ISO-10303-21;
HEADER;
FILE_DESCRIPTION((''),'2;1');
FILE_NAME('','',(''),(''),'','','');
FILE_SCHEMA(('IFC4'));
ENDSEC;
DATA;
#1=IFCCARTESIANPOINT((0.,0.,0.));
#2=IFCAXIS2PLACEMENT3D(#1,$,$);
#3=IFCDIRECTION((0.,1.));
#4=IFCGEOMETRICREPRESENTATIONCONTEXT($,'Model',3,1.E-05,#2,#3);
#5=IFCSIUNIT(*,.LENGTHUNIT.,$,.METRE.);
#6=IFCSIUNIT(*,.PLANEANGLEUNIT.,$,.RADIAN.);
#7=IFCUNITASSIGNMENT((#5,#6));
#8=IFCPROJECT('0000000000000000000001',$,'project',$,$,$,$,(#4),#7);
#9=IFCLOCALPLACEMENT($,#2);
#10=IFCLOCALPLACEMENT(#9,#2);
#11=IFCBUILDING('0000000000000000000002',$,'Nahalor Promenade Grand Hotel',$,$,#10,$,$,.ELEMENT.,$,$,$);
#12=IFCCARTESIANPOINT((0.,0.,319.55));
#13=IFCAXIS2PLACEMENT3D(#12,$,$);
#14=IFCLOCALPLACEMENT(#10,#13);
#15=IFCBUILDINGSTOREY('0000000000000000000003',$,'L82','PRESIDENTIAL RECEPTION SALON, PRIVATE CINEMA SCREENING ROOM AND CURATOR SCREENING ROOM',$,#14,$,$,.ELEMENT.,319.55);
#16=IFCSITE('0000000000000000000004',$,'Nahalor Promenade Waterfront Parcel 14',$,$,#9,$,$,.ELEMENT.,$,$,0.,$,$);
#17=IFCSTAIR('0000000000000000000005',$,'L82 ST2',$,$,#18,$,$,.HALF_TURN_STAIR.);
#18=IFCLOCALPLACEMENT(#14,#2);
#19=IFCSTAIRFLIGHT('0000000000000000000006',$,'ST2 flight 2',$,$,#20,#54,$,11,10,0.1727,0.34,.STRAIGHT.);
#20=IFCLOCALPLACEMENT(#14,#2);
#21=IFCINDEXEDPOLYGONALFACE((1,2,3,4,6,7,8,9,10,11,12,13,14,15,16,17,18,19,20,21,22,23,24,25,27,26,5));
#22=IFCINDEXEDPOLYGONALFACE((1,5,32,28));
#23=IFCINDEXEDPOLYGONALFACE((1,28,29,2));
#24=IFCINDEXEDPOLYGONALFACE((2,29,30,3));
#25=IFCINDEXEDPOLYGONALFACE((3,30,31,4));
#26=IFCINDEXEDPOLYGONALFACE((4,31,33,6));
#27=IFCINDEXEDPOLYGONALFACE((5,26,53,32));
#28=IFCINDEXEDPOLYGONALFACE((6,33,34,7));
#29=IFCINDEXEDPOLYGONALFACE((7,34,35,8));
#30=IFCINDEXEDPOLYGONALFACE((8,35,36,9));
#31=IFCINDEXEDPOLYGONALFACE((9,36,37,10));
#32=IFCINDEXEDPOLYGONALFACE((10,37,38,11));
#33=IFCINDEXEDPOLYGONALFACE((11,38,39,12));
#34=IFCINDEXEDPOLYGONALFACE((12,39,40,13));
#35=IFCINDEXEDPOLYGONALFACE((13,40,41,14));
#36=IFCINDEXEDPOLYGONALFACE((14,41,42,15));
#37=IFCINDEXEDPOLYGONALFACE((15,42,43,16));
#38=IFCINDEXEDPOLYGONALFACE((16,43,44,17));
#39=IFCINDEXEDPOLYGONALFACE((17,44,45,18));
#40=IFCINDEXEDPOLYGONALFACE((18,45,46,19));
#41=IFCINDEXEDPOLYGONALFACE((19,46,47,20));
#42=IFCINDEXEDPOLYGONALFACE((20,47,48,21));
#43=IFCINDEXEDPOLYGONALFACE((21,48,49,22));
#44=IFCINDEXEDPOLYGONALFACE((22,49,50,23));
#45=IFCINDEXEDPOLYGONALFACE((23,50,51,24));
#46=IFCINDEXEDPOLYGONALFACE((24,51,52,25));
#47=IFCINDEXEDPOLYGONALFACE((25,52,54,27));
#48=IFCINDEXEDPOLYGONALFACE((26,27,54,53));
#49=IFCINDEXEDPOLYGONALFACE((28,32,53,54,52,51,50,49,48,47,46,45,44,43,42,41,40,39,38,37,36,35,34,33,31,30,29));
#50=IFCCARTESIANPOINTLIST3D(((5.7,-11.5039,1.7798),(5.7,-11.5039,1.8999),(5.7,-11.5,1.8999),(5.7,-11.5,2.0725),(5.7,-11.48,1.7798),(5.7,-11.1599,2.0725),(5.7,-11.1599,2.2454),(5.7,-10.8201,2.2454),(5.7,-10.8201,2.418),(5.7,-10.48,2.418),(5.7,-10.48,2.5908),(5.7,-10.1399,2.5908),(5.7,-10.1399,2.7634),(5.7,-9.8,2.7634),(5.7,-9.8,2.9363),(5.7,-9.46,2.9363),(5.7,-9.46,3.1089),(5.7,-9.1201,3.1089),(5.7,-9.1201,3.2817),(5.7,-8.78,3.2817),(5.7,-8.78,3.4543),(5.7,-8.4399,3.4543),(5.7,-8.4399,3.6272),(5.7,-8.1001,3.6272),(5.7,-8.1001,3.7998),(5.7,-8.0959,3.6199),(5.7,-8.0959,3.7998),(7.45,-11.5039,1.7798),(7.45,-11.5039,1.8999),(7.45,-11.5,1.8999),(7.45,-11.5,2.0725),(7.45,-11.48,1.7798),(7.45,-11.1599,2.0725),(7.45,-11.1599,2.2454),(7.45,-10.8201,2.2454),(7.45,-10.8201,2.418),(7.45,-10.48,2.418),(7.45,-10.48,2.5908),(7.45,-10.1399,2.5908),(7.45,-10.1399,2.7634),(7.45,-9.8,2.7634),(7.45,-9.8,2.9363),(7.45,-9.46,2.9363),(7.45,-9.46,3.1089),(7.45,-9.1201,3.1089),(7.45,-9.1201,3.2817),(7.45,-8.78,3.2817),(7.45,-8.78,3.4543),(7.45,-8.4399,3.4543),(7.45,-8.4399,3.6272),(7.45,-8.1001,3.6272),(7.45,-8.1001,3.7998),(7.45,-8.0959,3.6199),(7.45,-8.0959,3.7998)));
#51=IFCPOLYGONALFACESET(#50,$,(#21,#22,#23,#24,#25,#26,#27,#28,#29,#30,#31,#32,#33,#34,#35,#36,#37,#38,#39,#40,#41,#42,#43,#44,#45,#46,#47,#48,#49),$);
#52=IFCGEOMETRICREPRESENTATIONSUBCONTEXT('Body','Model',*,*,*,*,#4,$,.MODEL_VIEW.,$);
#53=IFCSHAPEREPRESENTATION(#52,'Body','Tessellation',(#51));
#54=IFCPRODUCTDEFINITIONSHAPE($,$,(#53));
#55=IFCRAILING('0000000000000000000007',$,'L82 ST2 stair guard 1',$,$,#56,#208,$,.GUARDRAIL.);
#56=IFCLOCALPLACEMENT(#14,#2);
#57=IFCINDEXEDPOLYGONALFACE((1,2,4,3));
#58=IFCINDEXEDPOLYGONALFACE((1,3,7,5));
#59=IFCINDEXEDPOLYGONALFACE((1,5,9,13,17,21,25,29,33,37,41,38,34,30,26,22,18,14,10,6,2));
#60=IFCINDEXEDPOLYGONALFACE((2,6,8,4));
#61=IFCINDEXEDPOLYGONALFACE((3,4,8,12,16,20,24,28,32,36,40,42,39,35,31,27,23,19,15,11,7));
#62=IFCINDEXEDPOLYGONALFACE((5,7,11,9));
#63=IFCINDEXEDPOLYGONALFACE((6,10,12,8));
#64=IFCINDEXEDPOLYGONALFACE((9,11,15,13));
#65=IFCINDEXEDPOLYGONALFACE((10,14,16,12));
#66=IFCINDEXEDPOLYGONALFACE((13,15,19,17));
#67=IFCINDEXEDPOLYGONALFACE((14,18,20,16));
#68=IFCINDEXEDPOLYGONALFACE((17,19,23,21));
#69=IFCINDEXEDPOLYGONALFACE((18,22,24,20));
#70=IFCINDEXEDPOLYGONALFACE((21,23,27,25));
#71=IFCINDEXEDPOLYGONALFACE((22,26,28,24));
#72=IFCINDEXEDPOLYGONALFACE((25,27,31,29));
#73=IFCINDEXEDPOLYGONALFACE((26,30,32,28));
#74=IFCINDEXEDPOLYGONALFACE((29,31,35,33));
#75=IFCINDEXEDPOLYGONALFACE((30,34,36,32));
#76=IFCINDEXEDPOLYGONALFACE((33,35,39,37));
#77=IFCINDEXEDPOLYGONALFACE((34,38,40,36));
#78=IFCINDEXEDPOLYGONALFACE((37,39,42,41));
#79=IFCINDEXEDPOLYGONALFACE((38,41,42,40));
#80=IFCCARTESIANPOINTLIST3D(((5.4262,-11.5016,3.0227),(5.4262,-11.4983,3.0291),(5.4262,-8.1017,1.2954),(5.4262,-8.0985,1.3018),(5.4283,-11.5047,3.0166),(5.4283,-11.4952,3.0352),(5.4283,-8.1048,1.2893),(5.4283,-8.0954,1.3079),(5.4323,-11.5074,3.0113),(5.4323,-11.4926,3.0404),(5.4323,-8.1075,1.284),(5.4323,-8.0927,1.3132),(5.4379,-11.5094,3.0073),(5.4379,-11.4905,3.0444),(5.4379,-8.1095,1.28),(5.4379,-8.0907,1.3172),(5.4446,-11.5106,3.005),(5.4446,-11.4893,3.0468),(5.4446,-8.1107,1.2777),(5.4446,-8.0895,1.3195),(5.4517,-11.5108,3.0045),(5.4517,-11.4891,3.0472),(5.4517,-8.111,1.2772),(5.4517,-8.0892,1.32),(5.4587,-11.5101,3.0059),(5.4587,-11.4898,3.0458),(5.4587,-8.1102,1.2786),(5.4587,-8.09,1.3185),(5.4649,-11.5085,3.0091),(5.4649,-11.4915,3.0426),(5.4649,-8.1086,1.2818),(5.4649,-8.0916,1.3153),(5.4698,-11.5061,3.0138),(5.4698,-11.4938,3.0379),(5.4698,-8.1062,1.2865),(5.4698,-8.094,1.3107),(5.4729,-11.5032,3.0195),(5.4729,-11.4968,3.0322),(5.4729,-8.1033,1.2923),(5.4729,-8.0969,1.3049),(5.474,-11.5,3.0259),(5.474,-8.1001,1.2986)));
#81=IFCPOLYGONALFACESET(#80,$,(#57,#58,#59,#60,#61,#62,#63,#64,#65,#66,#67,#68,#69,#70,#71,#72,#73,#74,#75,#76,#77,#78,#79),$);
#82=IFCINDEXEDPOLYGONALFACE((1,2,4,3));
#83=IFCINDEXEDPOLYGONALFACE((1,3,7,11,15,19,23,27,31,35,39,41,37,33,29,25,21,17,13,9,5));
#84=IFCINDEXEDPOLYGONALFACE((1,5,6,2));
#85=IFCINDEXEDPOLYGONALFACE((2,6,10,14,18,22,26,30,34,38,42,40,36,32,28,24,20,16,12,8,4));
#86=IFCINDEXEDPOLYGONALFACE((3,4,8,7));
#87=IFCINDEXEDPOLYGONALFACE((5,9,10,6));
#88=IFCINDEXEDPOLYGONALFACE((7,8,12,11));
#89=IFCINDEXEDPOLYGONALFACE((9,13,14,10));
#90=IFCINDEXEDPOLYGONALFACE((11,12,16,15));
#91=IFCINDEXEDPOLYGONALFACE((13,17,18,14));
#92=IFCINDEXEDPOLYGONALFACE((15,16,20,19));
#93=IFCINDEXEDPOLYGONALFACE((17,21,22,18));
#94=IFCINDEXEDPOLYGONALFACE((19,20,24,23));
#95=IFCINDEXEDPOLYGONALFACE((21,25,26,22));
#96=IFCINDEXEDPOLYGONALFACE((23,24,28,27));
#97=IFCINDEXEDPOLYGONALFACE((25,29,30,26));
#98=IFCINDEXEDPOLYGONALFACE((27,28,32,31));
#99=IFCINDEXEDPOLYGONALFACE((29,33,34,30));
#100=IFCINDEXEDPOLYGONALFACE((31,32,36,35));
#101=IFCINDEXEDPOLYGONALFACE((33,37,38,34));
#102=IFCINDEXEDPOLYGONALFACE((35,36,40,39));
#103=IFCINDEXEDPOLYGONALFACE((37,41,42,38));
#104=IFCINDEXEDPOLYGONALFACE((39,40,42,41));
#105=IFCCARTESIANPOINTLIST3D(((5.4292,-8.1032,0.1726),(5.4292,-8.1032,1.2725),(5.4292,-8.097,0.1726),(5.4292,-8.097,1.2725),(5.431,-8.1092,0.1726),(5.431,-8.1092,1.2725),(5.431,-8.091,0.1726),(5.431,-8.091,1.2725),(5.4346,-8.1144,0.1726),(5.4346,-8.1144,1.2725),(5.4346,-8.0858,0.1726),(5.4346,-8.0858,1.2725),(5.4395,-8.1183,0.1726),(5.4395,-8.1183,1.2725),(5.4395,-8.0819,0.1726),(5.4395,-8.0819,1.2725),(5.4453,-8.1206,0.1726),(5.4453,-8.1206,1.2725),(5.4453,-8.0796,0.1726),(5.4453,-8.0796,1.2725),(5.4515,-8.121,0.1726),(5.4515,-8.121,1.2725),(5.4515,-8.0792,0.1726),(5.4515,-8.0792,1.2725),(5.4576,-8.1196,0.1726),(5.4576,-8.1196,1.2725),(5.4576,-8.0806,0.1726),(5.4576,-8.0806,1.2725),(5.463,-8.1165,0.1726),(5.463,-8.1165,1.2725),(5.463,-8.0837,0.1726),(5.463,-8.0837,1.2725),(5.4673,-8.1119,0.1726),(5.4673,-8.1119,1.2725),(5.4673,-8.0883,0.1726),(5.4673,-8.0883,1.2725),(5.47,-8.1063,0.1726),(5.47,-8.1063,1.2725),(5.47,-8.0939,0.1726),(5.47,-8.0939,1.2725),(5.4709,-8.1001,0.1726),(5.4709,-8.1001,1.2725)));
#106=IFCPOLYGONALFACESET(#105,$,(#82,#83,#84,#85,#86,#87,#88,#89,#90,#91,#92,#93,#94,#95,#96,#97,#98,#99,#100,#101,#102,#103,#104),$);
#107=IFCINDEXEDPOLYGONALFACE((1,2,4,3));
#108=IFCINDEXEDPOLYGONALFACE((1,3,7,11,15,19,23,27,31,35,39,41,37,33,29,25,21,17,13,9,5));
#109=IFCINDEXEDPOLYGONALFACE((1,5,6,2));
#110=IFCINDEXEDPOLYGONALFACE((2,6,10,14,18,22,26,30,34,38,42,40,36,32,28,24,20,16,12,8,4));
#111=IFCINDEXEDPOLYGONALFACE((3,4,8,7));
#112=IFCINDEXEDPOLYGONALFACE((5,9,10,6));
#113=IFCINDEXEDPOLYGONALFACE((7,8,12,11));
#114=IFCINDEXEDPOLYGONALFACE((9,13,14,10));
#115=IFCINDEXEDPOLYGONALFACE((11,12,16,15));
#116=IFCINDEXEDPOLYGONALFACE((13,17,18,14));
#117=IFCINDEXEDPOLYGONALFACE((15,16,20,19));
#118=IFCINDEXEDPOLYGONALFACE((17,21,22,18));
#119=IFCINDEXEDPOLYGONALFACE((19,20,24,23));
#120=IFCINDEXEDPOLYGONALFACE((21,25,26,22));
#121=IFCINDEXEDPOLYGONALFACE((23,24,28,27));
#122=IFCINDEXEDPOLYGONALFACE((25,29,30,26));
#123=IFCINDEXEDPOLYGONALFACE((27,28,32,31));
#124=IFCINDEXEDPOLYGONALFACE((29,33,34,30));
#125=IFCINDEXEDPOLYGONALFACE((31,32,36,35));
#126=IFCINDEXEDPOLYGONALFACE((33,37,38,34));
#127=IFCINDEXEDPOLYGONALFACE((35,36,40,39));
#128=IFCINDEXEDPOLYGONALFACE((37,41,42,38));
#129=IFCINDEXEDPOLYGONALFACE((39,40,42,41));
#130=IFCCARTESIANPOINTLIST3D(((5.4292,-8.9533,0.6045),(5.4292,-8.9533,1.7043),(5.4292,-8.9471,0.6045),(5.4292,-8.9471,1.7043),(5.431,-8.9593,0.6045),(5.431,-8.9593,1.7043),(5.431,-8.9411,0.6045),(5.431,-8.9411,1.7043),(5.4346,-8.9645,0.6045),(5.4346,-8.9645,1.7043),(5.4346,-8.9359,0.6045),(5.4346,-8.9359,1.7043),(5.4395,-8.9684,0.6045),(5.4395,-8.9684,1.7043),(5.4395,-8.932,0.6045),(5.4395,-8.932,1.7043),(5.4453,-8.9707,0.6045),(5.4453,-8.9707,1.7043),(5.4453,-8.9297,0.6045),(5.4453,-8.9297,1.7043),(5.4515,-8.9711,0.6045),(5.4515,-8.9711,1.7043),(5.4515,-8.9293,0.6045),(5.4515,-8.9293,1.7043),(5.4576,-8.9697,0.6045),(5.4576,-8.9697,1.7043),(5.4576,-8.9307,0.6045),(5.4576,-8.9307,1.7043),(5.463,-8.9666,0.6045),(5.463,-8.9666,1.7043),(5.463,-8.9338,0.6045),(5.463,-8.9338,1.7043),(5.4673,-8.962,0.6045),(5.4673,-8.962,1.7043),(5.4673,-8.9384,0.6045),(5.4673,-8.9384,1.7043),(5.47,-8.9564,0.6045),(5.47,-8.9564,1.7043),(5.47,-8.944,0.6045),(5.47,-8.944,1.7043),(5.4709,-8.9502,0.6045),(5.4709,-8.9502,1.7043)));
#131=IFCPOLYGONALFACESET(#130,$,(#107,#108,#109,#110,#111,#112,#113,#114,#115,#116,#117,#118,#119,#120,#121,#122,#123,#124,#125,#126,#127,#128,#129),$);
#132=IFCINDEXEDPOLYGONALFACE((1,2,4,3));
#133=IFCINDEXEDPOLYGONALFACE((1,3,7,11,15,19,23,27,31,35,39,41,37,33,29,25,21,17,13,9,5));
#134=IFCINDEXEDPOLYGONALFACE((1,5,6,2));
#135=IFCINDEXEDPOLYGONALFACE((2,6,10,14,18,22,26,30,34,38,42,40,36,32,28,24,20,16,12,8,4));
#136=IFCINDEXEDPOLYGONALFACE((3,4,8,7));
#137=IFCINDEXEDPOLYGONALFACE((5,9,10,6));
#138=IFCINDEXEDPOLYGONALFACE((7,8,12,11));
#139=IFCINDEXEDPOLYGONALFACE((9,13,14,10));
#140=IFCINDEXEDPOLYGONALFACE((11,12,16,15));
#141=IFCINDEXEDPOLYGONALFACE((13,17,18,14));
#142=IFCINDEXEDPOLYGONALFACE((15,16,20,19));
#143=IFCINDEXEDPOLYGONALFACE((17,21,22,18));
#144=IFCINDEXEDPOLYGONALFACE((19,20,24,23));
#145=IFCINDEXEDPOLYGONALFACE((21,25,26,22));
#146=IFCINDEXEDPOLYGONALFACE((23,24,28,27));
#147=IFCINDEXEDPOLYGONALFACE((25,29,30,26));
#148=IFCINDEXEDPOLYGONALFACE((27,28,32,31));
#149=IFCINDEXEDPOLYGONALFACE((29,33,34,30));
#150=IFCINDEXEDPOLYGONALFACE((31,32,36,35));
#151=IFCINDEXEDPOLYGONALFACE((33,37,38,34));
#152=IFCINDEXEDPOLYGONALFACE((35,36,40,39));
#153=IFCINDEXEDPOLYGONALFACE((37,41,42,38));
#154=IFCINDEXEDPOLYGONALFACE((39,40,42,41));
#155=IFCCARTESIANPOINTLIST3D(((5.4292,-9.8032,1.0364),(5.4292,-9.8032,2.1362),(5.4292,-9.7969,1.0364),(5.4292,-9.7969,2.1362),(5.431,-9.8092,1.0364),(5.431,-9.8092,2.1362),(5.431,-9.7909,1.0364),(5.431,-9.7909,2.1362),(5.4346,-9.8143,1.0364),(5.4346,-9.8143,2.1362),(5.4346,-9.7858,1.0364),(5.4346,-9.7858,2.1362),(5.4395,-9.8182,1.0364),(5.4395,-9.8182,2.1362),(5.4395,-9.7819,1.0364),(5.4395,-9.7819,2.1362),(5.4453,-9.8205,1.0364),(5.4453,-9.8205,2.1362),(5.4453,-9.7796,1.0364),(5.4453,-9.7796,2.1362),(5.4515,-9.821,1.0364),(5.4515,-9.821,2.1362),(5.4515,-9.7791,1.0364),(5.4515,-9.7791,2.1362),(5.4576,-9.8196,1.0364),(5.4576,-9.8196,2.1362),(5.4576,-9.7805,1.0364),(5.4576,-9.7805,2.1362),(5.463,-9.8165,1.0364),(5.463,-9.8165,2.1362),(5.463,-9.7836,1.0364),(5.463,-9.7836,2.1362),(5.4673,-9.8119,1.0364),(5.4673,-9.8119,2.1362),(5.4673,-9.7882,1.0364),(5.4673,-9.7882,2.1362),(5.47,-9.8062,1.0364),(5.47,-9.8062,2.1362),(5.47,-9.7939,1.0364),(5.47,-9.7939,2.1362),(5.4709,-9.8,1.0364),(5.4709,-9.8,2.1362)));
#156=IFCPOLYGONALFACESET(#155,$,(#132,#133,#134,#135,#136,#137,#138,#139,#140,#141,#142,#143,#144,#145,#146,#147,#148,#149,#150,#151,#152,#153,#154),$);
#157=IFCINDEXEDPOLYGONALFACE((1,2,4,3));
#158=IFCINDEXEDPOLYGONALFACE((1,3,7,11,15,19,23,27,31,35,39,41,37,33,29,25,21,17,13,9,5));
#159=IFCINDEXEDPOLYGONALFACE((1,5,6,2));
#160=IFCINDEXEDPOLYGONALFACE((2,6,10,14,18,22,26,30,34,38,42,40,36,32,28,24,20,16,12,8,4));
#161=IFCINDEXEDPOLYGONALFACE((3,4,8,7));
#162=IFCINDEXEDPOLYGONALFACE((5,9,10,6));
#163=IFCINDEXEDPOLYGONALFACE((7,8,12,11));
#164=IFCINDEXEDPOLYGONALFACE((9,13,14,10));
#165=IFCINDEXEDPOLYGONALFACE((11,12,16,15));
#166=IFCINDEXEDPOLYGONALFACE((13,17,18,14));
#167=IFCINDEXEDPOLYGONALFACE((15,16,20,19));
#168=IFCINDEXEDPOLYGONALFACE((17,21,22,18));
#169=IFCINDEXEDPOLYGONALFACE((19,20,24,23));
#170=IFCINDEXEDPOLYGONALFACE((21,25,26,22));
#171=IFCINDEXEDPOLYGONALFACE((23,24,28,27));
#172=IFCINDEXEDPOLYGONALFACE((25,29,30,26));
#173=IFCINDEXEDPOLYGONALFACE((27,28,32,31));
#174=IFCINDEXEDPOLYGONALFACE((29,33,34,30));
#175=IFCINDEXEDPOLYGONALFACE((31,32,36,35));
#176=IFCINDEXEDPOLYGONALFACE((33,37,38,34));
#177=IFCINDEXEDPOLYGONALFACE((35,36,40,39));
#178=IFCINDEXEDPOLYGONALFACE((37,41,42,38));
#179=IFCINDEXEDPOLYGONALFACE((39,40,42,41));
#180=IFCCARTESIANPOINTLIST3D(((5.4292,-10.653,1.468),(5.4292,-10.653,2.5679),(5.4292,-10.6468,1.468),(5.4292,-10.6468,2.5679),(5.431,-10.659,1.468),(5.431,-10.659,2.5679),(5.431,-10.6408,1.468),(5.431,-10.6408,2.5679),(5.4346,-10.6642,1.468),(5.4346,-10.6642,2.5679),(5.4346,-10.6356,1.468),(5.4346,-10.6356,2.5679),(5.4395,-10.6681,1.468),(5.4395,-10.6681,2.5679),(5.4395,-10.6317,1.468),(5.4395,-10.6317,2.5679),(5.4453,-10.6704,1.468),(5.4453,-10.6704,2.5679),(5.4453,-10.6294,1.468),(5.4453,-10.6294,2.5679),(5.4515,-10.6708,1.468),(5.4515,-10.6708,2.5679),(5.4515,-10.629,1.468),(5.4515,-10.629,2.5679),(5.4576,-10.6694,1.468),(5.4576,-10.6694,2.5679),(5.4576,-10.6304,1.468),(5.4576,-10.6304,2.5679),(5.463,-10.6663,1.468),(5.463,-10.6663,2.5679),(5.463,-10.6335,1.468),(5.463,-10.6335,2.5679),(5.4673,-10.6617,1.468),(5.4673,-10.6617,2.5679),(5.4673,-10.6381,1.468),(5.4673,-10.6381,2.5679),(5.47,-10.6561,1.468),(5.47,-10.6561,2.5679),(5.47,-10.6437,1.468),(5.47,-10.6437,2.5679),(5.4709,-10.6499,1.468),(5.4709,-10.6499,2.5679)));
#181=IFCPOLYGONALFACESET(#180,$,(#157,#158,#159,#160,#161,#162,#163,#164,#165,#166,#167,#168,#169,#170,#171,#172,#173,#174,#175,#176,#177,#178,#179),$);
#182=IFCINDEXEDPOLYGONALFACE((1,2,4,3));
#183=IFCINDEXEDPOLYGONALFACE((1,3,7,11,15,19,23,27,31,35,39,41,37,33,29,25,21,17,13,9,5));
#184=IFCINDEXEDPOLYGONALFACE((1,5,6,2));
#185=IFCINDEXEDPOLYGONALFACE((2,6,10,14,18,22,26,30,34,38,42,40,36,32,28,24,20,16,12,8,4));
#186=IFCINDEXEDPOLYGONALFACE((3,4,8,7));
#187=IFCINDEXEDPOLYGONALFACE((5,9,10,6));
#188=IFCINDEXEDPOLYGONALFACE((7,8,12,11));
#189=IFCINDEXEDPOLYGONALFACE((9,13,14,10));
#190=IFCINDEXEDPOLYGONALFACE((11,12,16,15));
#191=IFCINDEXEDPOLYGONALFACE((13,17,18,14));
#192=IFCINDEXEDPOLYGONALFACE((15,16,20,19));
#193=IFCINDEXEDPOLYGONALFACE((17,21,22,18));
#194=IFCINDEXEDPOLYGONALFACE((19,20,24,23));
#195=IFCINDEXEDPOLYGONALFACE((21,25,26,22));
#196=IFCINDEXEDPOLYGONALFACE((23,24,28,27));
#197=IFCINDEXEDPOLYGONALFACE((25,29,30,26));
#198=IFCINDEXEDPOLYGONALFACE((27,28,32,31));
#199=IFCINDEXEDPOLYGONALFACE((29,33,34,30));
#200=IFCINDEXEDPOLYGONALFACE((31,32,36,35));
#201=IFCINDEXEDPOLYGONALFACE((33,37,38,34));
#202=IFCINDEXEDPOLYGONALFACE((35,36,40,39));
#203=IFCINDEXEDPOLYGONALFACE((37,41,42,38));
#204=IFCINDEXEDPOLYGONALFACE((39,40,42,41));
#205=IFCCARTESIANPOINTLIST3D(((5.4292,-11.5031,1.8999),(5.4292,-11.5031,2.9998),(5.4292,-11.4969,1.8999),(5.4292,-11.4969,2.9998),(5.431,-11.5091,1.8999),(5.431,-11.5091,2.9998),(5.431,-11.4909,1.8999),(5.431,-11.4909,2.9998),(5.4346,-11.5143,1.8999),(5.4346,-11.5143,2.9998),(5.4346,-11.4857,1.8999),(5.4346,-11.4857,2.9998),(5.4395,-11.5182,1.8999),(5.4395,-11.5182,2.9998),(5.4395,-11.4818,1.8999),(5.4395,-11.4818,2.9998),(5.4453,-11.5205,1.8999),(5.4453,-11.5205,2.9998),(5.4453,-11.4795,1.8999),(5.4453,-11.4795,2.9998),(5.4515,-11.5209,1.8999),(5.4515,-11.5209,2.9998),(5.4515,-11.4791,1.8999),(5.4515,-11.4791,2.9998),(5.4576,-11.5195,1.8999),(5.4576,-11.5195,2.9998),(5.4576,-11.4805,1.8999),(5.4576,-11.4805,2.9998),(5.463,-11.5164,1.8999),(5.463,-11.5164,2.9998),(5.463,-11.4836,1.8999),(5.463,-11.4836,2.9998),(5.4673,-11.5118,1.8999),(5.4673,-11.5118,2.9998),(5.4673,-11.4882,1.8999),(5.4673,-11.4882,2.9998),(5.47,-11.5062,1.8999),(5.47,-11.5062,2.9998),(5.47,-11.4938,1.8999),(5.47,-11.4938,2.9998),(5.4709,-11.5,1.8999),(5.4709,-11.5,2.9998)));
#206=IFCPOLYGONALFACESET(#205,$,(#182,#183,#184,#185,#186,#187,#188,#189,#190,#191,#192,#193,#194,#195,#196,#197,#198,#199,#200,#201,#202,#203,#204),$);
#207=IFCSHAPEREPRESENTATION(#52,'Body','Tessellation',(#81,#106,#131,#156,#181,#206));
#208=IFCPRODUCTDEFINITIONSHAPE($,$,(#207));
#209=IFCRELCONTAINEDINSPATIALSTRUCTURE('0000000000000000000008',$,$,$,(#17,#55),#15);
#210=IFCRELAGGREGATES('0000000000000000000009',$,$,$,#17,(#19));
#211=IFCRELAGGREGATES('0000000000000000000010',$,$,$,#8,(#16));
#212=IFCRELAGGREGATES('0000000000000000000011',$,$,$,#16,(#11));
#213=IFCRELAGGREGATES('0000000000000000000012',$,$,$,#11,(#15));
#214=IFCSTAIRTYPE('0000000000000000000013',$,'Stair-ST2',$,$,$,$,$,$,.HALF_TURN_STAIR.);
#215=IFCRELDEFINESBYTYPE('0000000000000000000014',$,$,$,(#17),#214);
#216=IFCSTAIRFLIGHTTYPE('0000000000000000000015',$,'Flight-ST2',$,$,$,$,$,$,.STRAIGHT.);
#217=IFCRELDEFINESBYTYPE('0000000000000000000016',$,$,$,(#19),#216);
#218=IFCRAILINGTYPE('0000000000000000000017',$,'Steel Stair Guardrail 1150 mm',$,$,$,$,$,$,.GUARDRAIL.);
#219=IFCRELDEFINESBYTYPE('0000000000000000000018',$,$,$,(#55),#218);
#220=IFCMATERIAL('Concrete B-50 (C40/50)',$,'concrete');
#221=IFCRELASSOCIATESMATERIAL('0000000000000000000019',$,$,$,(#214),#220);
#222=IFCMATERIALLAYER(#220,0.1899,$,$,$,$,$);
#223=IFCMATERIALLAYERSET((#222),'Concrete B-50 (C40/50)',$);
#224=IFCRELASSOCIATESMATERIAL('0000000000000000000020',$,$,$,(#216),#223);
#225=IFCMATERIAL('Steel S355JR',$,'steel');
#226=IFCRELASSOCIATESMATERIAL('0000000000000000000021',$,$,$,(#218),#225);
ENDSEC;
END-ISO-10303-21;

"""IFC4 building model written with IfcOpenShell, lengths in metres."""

from ifc_helpers import new_model, si_unit, direction, frame, origin, origin_2d, place, context, subcontext, project, spatial, polyline, circle, outline, extrude, source, transform, mapped, material, layer, layer_set, type_object, element, aggregate, save


model = new_model("IFC4")

# Units and contexts
model_context = context("Model", 3, precision=1e-05, world=origin(), true_north=direction((0.0, 1.0)))
body_context = subcontext(model_context, "Body", "Model", "MODEL_VIEW")
ifc_project = project(units=[si_unit("LENGTHUNIT", "METRE"), si_unit("PLANEANGLEUNIT", "RADIAN")], contexts=[model_context])

# Site, building, storey
site_placement = place(None, origin())
site = spatial("IfcSite", under=ifc_project, at=site_placement, Name="Nahalor Promenade Waterfront Parcel 14", CompositionType="ELEMENT", RefElevation=0.0)
building_placement = place(site_placement, origin())
building = spatial("IfcBuilding", under=site, at=building_placement, Name="Nahalor Promenade Grand Hotel", CompositionType="ELEMENT")
storey_placement = place(building_placement, frame((0.0, 0.0, 319.55)))
storey = spatial("IfcBuildingStorey", under=building, at=storey_placement, Name="L82", Description="PRESIDENTIAL RECEPTION SALON, PRIVATE CINEMA SCREENING ROOM AND CURATOR SCREENING ROOM", CompositionType="ELEMENT", Elevation=319.55)

# Shared definitions
ifc_material_1 = material(Name="Steel S355JR", Category="steel")

# Shared definitions
ifc_material_2 = material(Name="Concrete B-50 (C40/50)", Category="concrete")

# Stair, stair flight
stair_type = type_object("IfcStairType", Name="Stair-ST2", PredefinedType="HALF_TURN_STAIR", material=ifc_material_2)
stair_placement = place(storey_placement, origin())
stair = element("IfcStair", 1, at=stair_placement, inside=storey, type_object=stair_type, Name="L82 ST2", PredefinedType="HALF_TURN_STAIR")
ifc_layer_1 = layer(ifc_material_2, 0.1899)
ifc_layer_set_1 = layer_set([ifc_layer_1], Name="Concrete B-50 (C40/50)")
stair_flight_type = type_object("IfcStairFlightType", Name="Flight-ST2", PredefinedType="STRAIGHT", material=ifc_layer_set_1)
shared_shape_1 = source(origin(), body_context, "Body", "SweptSolid", [
    extrude(outline(polyline([(-0.0039, -0.1201), (-0.0039, 0.0), (0.0, 0.0), (0.0, 0.1726), (0.3401, 0.1726), (0.3401, 0.3455), (0.6799, 0.3455), (0.6799, 0.5181), (1.02, 0.5181), (1.02, 0.6909), (1.3601, 0.6909), (1.3601, 0.8635), (1.7, 0.8635), (1.7, 1.0364), (2.04, 1.0364), (2.04, 1.209), (2.3799, 1.209), (2.3799, 1.3818), (2.72, 1.3818), (2.72, 1.5544), (3.0601, 1.5544), (3.0601, 1.7273), (3.3999, 1.7273), (3.3999, 1.8999), (3.4041, 1.8999), (3.4041, 1.72), (0.02, -0.1201), (-0.0039, -0.1201)])), frame((0.0, 0.875, 0.0), z_axis=(0.0, -1.0, 0.0), x_axis=(1.0, 0.0, 0.0)), (0.0, 0.0, 1.0), 1.75),
])
stair_flight_1_placement = place(storey_placement, frame((6.575, -11.5, 1.8999), z_axis=(0.0, 0.0, 1.0), x_axis=(0.0, 1.0, 0.0)))
stair_flight_1 = element("IfcStairFlight", 2, at=stair_flight_1_placement, type_object=stair_flight_type, Name="ST2 flight 2", NumberOfRisers=11, NumberOfTreads=10, PredefinedType="STRAIGHT", RiserHeight=0.1727, TreadLength=0.34, context=body_context, shape_type="MappedRepresentation", body=[
    mapped(shared_shape_1, transform((0.0, 0.0, 0.0), scale=1.0)),
])
aggregate(stair, [stair_flight_1])

# Railing
railing_type_1 = type_object("IfcRailingType", Name="Steel Stair Guardrail 1150 mm", PredefinedType="GUARDRAIL", material=ifc_material_1)
railing_1_placement = place(storey_placement, frame((5.45, -8.1001, 0.1726)))
element("IfcRailing", 3, at=railing_1_placement, inside=storey, type_object=railing_type_1, Name="L82 ST2 stair guard 1", PredefinedType="GUARDRAIL", context=body_context, shape_type="SweptSolid", body=[
    extrude(circle(Radius=0.024, at=origin_2d()), frame((0.0, 0.0, 1.126), z_axis=(0.0, -0.891541, 0.452941), x_axis=(1.0, 0.0, 0.0)), (0.0, 0.0, 1.0), 3.8135),
    extrude(circle(Radius=0.021, at=origin_2d()), origin(), (0.0, 0.0, 1.0), 1.0999),
    extrude(circle(Radius=0.021, at=origin_2d()), frame((0.0, -0.8501, 0.4319)), (0.0, 0.0, 1.0), 1.0999),
    extrude(circle(Radius=0.021, at=origin_2d()), frame((0.0, -1.7, 0.8638)), (0.0, 0.0, 1.0), 1.0999),
    extrude(circle(Radius=0.021, at=origin_2d()), frame((0.0, -2.5498, 1.2954)), (0.0, 0.0, 1.0), 1.0999),
    extrude(circle(Radius=0.021, at=origin_2d()), frame((0.0, -3.3999, 1.7273)), (0.0, 0.0, 1.0), 1.0999),
])

save(model, "model.ifc")
